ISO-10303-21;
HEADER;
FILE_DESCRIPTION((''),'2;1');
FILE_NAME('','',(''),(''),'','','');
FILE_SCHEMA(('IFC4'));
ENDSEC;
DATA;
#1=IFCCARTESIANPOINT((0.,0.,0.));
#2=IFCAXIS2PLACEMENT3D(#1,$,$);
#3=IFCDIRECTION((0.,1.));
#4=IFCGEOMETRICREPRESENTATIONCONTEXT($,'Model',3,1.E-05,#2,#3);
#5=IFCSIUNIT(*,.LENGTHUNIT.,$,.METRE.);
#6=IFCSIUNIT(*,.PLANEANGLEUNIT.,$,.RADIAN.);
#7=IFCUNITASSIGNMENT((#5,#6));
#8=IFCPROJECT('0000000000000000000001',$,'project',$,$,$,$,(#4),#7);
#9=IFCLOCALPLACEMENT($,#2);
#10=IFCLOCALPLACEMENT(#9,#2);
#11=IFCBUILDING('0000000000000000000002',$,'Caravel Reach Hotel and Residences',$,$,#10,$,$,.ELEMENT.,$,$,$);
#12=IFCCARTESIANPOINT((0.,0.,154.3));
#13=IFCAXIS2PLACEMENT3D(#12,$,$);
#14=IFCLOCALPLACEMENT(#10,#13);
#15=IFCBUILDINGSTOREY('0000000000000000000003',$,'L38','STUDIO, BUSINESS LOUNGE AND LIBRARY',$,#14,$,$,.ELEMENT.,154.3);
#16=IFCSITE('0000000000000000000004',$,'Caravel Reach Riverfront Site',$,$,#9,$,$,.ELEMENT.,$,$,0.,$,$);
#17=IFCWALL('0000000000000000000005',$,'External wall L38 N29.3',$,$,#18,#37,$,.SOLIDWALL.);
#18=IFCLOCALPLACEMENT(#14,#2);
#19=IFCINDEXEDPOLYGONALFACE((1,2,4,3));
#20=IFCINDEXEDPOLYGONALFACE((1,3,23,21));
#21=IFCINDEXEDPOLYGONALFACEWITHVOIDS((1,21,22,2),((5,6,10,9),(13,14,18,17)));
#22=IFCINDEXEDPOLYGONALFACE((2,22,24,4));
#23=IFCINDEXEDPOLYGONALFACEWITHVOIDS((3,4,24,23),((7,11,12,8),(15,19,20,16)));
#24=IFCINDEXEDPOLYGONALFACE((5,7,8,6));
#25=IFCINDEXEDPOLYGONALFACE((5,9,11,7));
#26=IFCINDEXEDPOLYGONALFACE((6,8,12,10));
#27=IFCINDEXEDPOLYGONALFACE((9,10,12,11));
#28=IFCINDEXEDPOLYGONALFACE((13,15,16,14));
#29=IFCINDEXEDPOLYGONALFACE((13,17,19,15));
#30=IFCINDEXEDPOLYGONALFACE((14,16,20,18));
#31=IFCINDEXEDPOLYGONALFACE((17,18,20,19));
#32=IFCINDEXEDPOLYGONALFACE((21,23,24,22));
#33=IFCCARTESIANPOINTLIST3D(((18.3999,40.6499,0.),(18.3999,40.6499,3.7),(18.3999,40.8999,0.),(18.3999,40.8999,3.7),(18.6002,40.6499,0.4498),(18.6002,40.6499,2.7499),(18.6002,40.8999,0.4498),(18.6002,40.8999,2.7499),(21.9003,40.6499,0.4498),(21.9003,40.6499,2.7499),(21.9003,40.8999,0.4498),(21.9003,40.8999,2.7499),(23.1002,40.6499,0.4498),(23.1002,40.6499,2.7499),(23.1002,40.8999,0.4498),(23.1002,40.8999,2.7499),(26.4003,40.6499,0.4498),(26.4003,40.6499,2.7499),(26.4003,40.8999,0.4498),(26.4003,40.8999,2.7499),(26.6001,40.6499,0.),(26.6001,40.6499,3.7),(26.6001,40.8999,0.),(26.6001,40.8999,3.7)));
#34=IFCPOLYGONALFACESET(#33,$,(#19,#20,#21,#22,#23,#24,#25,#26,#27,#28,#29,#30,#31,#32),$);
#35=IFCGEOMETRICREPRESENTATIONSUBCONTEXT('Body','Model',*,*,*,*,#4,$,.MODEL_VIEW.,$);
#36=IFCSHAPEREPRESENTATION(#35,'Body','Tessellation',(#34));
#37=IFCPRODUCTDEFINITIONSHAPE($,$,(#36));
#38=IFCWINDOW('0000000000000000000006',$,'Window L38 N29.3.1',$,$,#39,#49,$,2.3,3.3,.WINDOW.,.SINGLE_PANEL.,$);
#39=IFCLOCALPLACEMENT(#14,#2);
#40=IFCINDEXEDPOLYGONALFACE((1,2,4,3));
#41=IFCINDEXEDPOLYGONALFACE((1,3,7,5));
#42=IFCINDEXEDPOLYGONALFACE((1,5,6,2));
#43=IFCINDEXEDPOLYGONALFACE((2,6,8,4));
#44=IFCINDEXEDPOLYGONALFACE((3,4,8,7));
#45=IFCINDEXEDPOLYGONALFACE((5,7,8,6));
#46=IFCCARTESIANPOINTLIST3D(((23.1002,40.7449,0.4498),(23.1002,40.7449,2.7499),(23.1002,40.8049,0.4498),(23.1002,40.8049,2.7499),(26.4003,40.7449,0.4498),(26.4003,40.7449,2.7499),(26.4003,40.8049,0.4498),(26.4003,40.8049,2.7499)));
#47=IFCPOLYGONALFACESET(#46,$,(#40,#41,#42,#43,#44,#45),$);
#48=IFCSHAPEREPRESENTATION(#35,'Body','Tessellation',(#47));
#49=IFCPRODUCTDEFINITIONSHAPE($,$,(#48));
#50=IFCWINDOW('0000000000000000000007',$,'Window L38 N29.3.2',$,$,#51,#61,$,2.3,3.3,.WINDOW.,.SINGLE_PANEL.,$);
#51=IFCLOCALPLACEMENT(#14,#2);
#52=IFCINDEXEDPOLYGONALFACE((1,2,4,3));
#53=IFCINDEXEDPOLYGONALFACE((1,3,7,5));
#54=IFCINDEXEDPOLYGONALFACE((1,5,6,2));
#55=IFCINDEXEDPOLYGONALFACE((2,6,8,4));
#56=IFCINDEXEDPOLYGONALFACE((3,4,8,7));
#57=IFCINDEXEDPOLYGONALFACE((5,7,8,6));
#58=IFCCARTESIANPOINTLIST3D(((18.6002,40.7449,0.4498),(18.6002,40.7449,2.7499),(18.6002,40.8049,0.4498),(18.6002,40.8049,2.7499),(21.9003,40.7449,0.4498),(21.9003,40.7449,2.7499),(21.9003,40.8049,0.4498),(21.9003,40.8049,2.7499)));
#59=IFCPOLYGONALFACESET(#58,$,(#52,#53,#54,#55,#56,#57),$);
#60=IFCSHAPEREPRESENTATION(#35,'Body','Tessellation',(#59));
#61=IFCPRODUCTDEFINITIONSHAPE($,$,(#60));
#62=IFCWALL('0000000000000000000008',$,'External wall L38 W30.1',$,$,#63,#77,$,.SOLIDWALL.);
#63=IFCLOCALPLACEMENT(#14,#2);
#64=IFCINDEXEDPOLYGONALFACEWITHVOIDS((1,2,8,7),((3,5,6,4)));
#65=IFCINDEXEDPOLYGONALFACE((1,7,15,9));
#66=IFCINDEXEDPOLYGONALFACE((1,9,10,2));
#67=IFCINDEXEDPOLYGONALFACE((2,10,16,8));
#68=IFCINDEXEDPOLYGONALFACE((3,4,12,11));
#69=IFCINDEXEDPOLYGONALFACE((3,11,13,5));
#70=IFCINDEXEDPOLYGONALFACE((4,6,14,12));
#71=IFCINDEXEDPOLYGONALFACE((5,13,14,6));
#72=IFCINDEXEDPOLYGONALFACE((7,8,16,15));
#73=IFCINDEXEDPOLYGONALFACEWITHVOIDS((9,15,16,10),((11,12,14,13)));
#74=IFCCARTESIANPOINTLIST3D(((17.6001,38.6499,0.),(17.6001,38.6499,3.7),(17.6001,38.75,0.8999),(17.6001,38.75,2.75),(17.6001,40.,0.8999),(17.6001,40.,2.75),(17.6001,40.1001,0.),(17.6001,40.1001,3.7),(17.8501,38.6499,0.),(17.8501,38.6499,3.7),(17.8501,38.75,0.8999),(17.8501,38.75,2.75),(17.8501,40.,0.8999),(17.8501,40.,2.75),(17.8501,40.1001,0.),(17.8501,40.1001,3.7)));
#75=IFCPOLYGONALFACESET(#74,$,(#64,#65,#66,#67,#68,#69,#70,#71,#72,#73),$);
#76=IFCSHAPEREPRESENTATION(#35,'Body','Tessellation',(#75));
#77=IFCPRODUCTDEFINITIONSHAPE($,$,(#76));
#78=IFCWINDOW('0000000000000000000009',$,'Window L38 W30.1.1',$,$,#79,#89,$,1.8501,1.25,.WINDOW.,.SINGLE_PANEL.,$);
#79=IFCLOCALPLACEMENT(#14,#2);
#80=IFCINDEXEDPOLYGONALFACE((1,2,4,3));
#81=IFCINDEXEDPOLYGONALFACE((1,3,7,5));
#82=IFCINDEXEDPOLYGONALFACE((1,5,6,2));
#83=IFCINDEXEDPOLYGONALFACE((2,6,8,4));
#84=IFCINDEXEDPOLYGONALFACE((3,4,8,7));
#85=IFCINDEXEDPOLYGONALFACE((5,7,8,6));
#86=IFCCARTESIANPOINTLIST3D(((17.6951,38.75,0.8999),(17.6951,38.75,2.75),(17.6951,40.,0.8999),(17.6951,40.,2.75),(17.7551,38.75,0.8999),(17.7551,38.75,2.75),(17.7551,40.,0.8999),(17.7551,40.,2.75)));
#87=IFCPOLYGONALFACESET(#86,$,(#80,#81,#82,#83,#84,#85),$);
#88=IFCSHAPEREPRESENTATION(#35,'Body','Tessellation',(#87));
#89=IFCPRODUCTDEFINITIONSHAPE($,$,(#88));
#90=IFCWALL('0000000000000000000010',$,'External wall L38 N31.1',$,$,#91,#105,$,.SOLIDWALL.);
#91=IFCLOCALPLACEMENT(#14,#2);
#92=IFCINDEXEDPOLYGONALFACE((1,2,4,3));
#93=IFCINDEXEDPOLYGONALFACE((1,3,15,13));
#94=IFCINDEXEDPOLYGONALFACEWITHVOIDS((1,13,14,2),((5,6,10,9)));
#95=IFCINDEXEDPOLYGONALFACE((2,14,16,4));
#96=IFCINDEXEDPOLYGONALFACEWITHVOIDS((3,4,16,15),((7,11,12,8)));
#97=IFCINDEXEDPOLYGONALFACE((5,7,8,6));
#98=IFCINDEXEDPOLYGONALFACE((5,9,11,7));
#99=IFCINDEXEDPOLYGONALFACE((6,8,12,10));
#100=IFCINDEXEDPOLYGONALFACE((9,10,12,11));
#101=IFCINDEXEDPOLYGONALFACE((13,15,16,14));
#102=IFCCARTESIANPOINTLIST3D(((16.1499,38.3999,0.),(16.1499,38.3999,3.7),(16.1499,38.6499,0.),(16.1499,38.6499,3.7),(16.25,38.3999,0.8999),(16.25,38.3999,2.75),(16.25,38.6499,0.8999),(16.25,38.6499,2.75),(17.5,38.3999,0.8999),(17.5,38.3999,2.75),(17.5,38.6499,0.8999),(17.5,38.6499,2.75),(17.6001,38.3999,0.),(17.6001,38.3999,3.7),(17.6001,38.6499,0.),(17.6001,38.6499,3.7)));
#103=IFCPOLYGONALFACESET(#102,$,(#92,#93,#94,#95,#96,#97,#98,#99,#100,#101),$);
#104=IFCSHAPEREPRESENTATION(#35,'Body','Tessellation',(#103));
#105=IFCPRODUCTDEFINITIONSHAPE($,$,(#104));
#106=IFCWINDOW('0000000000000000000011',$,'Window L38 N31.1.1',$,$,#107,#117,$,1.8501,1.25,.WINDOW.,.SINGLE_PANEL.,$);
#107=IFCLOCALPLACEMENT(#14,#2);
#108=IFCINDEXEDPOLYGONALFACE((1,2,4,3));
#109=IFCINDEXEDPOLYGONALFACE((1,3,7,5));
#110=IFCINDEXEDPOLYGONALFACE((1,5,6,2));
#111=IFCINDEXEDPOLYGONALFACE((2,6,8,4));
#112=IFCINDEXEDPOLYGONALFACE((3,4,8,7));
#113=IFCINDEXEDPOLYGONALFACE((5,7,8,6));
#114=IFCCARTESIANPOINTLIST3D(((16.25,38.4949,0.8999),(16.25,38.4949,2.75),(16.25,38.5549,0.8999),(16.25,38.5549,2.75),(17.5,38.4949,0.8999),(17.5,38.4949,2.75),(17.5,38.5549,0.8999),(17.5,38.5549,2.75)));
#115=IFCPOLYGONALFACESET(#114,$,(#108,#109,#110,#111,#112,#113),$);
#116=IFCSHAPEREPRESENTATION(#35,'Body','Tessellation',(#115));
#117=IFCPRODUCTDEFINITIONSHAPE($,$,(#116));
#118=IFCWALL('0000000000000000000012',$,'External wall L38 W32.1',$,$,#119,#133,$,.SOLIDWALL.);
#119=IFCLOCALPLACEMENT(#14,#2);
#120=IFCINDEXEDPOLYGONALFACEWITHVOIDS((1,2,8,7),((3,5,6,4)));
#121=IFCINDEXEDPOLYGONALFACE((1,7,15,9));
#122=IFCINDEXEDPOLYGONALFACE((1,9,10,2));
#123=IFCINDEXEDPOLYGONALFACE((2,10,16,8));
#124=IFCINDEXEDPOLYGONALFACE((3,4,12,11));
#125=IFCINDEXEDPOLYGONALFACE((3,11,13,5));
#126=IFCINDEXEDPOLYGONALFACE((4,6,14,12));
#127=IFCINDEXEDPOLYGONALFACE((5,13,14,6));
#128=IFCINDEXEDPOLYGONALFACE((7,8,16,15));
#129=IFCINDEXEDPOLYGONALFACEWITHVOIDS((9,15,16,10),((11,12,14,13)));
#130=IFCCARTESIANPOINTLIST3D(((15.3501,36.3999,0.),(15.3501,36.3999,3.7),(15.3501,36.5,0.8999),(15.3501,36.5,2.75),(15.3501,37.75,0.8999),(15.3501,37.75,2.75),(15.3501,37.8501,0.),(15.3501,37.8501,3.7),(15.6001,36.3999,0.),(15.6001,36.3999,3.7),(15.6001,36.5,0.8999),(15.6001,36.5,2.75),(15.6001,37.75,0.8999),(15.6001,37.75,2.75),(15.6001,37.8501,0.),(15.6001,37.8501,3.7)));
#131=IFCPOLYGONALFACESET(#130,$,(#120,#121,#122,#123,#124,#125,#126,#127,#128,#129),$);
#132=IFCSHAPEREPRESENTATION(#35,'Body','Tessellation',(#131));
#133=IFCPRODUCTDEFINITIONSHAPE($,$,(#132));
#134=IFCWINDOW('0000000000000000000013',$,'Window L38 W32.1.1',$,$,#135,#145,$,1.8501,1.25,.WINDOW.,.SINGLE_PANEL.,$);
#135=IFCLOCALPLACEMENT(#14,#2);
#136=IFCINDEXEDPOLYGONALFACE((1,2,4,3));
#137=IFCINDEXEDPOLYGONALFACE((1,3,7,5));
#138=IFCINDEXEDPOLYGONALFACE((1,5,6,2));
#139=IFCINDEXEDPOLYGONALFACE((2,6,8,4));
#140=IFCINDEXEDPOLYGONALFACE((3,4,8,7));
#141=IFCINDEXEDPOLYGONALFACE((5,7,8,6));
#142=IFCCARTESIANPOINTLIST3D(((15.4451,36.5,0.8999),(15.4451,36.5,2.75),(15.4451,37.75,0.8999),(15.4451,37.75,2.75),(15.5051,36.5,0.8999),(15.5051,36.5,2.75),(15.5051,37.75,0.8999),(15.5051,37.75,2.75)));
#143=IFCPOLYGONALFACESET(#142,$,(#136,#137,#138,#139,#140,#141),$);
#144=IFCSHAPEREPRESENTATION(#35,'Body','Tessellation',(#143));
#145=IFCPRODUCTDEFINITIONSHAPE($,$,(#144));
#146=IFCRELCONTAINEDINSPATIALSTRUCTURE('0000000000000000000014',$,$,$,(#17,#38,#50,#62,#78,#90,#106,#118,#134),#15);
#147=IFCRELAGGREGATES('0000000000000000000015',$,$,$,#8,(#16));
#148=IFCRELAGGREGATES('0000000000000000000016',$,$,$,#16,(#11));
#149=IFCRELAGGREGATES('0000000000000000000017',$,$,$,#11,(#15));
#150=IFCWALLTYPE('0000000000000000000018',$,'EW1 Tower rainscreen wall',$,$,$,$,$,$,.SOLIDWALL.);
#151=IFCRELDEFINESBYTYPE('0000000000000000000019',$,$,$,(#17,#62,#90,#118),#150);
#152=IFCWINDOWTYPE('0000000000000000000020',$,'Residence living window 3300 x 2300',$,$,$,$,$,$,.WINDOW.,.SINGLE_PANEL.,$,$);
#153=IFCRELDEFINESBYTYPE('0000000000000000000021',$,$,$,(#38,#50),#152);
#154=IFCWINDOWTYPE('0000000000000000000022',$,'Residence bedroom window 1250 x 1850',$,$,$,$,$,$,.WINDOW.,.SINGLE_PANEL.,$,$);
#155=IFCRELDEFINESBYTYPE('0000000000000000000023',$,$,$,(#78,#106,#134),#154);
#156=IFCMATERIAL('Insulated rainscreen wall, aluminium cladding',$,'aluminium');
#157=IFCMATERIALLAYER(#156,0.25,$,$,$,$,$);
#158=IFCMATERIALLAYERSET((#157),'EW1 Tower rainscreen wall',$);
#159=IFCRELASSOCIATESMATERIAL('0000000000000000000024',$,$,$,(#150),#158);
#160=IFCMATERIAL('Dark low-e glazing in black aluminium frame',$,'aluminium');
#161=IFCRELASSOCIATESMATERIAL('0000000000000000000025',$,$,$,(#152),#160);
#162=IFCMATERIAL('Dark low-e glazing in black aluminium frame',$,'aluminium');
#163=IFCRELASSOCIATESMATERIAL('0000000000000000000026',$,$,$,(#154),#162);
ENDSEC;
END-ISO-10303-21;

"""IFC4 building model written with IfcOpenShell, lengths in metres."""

from ifc_helpers import new_model, si_unit, direction, frame, frame_2d, origin, place, context, subcontext, project, spatial, rectangle, extrude, material, layer, layer_set, type_object, element, fill, save


model = new_model("IFC4")

# Units and contexts
model_context = context("Model", 3, precision=1e-05, world=origin(), true_north=direction((0.0, 1.0)))
body_context = subcontext(model_context, "Body", "Model", "MODEL_VIEW")
ifc_project = project(units=[si_unit("LENGTHUNIT", "METRE"), si_unit("PLANEANGLEUNIT", "RADIAN")], contexts=[model_context])

# Site, building, storey
site_placement = place(None, origin())
site = spatial("IfcSite", under=ifc_project, at=site_placement, Name="Caravel Reach Riverfront Site", CompositionType="ELEMENT", RefElevation=0.0)
building_placement = place(site_placement, origin())
building = spatial("IfcBuilding", under=site, at=building_placement, Name="Caravel Reach Hotel and Residences", CompositionType="ELEMENT")
storey_placement = place(building_placement, frame((0.0, 0.0, 154.3)))
storey = spatial("IfcBuildingStorey", under=building, at=storey_placement, Name="L38", Description="STUDIO, BUSINESS LOUNGE AND LIBRARY", CompositionType="ELEMENT", Elevation=154.3)

# Wall, openings, windows
ifc_material_1 = material(Name="Insulated rainscreen wall, aluminium cladding", Category="aluminium")
ifc_layer_1 = layer(ifc_material_1, 0.25)
ifc_layer_set_1 = layer_set([ifc_layer_1], Name="EW1 Tower rainscreen wall")
wall_type_1 = type_object("IfcWallType", Name="EW1 Tower rainscreen wall", PredefinedType="SOLIDWALL", material=ifc_layer_set_1)
wall_1_placement = place(storey_placement, frame((26.6001, 40.7749, 0.0), z_axis=(0.0, 0.0, 1.0), x_axis=(-1.0, 0.0, 0.0)))
wall_1 = element("IfcWall", 1, at=wall_1_placement, inside=storey, type_object=wall_type_1, Name="External wall L38 N29.3", PredefinedType="SOLIDWALL", context=body_context, shape_type="SweptSolid", body=[
    extrude(rectangle(XDim=8.2002, YDim=0.25, at=frame_2d((4.1001, 0.0))), origin(), (0.0, 0.0, 1.0), 3.7),
])
opening_1_placement = place(wall_1_placement, frame((0.2, 0.0, 0.45)))
opening_1 = element("IfcOpeningElement", 2, at=opening_1_placement, cuts=wall_1, PredefinedType="OPENING", context=body_context, shape_type="SweptSolid", body=[
    extrude(rectangle(XDim=3.3, YDim=2.3, at=frame_2d((1.6499, 1.1499))), frame((0.0, 0.135, 0.0), z_axis=(0.0, -1.0, 0.0), x_axis=(1.0, 0.0, 0.0)), (0.0, 0.0, 1.0), 0.27),
])
opening_2_placement = place(wall_1_placement, frame((4.7, 0.0, 0.45)))
opening_2 = element("IfcOpeningElement", 3, at=opening_2_placement, cuts=wall_1, PredefinedType="OPENING", context=body_context, shape_type="SweptSolid", body=[
    extrude(rectangle(XDim=3.3, YDim=2.3, at=frame_2d((1.6499, 1.1499))), frame((0.0, 0.135, 0.0), z_axis=(0.0, -1.0, 0.0), x_axis=(1.0, 0.0, 0.0)), (0.0, 0.0, 1.0), 0.27),
])
ifc_material_2 = material(Name="Dark low-e glazing in black aluminium frame", Category="aluminium")
window_type_1 = type_object("IfcWindowType", Name="Residence living window 3300 x 2300", PartitioningType="SINGLE_PANEL", PredefinedType="WINDOW", material=ifc_material_2)
window_1_placement = place(opening_1_placement, origin())
window_1 = element("IfcWindow", 4, at=window_1_placement, inside=storey, type_object=window_type_1, Name="Window L38 N29.3.1", OverallHeight=2.3, OverallWidth=3.3, PartitioningType="SINGLE_PANEL", PredefinedType="WINDOW", context=body_context, shape_type="SweptSolid", body=[
    extrude(rectangle(XDim=3.3, YDim=2.3, at=frame_2d((1.6499, 1.1499))), frame((0.0, 0.03, 0.0), z_axis=(0.0, -1.0, 0.0), x_axis=(1.0, 0.0, 0.0)), (0.0, 0.0, 1.0), 0.0601),
])
fill(opening_1, window_1)
window_2_placement = place(opening_2_placement, origin())
window_2 = element("IfcWindow", 5, at=window_2_placement, inside=storey, type_object=window_type_1, Name="Window L38 N29.3.2", OverallHeight=2.3, OverallWidth=3.3, PartitioningType="SINGLE_PANEL", PredefinedType="WINDOW", context=body_context, shape_type="SweptSolid", body=[
    extrude(rectangle(XDim=3.3, YDim=2.3, at=frame_2d((1.6499, 1.1499))), frame((0.0, 0.03, 0.0), z_axis=(0.0, -1.0, 0.0), x_axis=(1.0, 0.0, 0.0)), (0.0, 0.0, 1.0), 0.0601),
])
fill(opening_2, window_2)

# Walls, openings, windows
wall_2_placement = place(storey_placement, frame((17.7251, 40.1001, 0.0), z_axis=(0.0, 0.0, 1.0), x_axis=(0.0, -1.0, 0.0)))
wall_2 = element("IfcWall", 6, at=wall_2_placement, inside=storey, type_object=wall_type_1, Name="External wall L38 W30.1", PredefinedType="SOLIDWALL", context=body_context, shape_type="SweptSolid", body=[
    extrude(rectangle(XDim=1.4502, YDim=0.25, at=frame_2d((0.7251, 0.0))), origin(), (0.0, 0.0, 1.0), 3.7),
])
opening_3_placement = place(wall_2_placement, frame((0.1001, 0.0, 0.8999)))
opening_3 = element("IfcOpeningElement", 7, at=opening_3_placement, cuts=wall_2, PredefinedType="OPENING", context=body_context, shape_type="SweptSolid", body=[
    extrude(rectangle(XDim=1.25, YDim=1.8501, at=frame_2d((0.625, 0.925))), frame((0.0, 0.135, 0.0), z_axis=(0.0, -1.0, 0.0), x_axis=(1.0, 0.0, 0.0)), (0.0, 0.0, 1.0), 0.27),
])
ifc_material_3 = material(Name="Dark low-e glazing in black aluminium frame", Category="aluminium")
window_type_2 = type_object("IfcWindowType", Name="Residence bedroom window 1250 x 1850", PartitioningType="SINGLE_PANEL", PredefinedType="WINDOW", material=ifc_material_3)
window_3_placement = place(opening_3_placement, origin())
window_3 = element("IfcWindow", 8, at=window_3_placement, inside=storey, type_object=window_type_2, Name="Window L38 W30.1.1", OverallHeight=1.8501, OverallWidth=1.25, PartitioningType="SINGLE_PANEL", PredefinedType="WINDOW", context=body_context, shape_type="SweptSolid", body=[
    extrude(rectangle(XDim=1.25, YDim=1.8501, at=frame_2d((0.625, 0.925))), frame((0.0, 0.03, 0.0), z_axis=(0.0, -1.0, 0.0), x_axis=(1.0, 0.0, 0.0)), (0.0, 0.0, 1.0), 0.0601),
])
fill(opening_3, window_3)
wall_3_placement = place(storey_placement, frame((17.6001, 38.5249, 0.0), z_axis=(0.0, 0.0, 1.0), x_axis=(-1.0, 0.0, 0.0)))
wall_3 = element("IfcWall", 9, at=wall_3_placement, inside=storey, type_object=wall_type_1, Name="External wall L38 N31.1", PredefinedType="SOLIDWALL", context=body_context, shape_type="SweptSolid", body=[
    extrude(rectangle(XDim=1.4502, YDim=0.25, at=frame_2d((0.7251, 0.0))), origin(), (0.0, 0.0, 1.0), 3.7),
])
opening_4_placement = place(wall_3_placement, frame((0.1001, 0.0, 0.8999)))
opening_4 = element("IfcOpeningElement", 10, at=opening_4_placement, cuts=wall_3, PredefinedType="OPENING", context=body_context, shape_type="SweptSolid", body=[
    extrude(rectangle(XDim=1.25, YDim=1.8501, at=frame_2d((0.625, 0.925))), frame((0.0, 0.135, 0.0), z_axis=(0.0, -1.0, 0.0), x_axis=(1.0, 0.0, 0.0)), (0.0, 0.0, 1.0), 0.27),
])
window_4_placement = place(opening_4_placement, origin())
window_4 = element("IfcWindow", 11, at=window_4_placement, inside=storey, type_object=window_type_2, Name="Window L38 N31.1.1", OverallHeight=1.8501, OverallWidth=1.25, PartitioningType="SINGLE_PANEL", PredefinedType="WINDOW", context=body_context, shape_type="SweptSolid", body=[
    extrude(rectangle(XDim=1.25, YDim=1.8501, at=frame_2d((0.625, 0.925))), frame((0.0, 0.03, 0.0), z_axis=(0.0, -1.0, 0.0), x_axis=(1.0, 0.0, 0.0)), (0.0, 0.0, 1.0), 0.0601),
])
fill(opening_4, window_4)
wall_4_placement = place(storey_placement, frame((15.4751, 37.8501, 0.0), z_axis=(0.0, 0.0, 1.0), x_axis=(0.0, -1.0, 0.0)))
wall_4 = element("IfcWall", 12, at=wall_4_placement, inside=storey, type_object=wall_type_1, Name="External wall L38 W32.1", PredefinedType="SOLIDWALL", context=body_context, shape_type="SweptSolid", body=[
    extrude(rectangle(XDim=1.4502, YDim=0.25, at=frame_2d((0.7251, 0.0))), origin(), (0.0, 0.0, 1.0), 3.7),
])
opening_5_placement = place(wall_4_placement, frame((0.1001, 0.0, 0.8999)))
opening_5 = element("IfcOpeningElement", 13, at=opening_5_placement, cuts=wall_4, PredefinedType="OPENING", context=body_context, shape_type="SweptSolid", body=[
    extrude(rectangle(XDim=1.25, YDim=1.8501, at=frame_2d((0.625, 0.925))), frame((0.0, 0.135, 0.0), z_axis=(0.0, -1.0, 0.0), x_axis=(1.0, 0.0, 0.0)), (0.0, 0.0, 1.0), 0.27),
])
window_5_placement = place(opening_5_placement, origin())
window_5 = element("IfcWindow", 14, at=window_5_placement, inside=storey, type_object=window_type_2, Name="Window L38 W32.1.1", OverallHeight=1.8501, OverallWidth=1.25, PartitioningType="SINGLE_PANEL", PredefinedType="WINDOW", context=body_context, shape_type="SweptSolid", body=[
    extrude(rectangle(XDim=1.25, YDim=1.8501, at=frame_2d((0.625, 0.925))), frame((0.0, 0.03, 0.0), z_axis=(0.0, -1.0, 0.0), x_axis=(1.0, 0.0, 0.0)), (0.0, 0.0, 1.0), 0.0601),
])
fill(opening_5, window_5)

save(model, "model.ifc")
